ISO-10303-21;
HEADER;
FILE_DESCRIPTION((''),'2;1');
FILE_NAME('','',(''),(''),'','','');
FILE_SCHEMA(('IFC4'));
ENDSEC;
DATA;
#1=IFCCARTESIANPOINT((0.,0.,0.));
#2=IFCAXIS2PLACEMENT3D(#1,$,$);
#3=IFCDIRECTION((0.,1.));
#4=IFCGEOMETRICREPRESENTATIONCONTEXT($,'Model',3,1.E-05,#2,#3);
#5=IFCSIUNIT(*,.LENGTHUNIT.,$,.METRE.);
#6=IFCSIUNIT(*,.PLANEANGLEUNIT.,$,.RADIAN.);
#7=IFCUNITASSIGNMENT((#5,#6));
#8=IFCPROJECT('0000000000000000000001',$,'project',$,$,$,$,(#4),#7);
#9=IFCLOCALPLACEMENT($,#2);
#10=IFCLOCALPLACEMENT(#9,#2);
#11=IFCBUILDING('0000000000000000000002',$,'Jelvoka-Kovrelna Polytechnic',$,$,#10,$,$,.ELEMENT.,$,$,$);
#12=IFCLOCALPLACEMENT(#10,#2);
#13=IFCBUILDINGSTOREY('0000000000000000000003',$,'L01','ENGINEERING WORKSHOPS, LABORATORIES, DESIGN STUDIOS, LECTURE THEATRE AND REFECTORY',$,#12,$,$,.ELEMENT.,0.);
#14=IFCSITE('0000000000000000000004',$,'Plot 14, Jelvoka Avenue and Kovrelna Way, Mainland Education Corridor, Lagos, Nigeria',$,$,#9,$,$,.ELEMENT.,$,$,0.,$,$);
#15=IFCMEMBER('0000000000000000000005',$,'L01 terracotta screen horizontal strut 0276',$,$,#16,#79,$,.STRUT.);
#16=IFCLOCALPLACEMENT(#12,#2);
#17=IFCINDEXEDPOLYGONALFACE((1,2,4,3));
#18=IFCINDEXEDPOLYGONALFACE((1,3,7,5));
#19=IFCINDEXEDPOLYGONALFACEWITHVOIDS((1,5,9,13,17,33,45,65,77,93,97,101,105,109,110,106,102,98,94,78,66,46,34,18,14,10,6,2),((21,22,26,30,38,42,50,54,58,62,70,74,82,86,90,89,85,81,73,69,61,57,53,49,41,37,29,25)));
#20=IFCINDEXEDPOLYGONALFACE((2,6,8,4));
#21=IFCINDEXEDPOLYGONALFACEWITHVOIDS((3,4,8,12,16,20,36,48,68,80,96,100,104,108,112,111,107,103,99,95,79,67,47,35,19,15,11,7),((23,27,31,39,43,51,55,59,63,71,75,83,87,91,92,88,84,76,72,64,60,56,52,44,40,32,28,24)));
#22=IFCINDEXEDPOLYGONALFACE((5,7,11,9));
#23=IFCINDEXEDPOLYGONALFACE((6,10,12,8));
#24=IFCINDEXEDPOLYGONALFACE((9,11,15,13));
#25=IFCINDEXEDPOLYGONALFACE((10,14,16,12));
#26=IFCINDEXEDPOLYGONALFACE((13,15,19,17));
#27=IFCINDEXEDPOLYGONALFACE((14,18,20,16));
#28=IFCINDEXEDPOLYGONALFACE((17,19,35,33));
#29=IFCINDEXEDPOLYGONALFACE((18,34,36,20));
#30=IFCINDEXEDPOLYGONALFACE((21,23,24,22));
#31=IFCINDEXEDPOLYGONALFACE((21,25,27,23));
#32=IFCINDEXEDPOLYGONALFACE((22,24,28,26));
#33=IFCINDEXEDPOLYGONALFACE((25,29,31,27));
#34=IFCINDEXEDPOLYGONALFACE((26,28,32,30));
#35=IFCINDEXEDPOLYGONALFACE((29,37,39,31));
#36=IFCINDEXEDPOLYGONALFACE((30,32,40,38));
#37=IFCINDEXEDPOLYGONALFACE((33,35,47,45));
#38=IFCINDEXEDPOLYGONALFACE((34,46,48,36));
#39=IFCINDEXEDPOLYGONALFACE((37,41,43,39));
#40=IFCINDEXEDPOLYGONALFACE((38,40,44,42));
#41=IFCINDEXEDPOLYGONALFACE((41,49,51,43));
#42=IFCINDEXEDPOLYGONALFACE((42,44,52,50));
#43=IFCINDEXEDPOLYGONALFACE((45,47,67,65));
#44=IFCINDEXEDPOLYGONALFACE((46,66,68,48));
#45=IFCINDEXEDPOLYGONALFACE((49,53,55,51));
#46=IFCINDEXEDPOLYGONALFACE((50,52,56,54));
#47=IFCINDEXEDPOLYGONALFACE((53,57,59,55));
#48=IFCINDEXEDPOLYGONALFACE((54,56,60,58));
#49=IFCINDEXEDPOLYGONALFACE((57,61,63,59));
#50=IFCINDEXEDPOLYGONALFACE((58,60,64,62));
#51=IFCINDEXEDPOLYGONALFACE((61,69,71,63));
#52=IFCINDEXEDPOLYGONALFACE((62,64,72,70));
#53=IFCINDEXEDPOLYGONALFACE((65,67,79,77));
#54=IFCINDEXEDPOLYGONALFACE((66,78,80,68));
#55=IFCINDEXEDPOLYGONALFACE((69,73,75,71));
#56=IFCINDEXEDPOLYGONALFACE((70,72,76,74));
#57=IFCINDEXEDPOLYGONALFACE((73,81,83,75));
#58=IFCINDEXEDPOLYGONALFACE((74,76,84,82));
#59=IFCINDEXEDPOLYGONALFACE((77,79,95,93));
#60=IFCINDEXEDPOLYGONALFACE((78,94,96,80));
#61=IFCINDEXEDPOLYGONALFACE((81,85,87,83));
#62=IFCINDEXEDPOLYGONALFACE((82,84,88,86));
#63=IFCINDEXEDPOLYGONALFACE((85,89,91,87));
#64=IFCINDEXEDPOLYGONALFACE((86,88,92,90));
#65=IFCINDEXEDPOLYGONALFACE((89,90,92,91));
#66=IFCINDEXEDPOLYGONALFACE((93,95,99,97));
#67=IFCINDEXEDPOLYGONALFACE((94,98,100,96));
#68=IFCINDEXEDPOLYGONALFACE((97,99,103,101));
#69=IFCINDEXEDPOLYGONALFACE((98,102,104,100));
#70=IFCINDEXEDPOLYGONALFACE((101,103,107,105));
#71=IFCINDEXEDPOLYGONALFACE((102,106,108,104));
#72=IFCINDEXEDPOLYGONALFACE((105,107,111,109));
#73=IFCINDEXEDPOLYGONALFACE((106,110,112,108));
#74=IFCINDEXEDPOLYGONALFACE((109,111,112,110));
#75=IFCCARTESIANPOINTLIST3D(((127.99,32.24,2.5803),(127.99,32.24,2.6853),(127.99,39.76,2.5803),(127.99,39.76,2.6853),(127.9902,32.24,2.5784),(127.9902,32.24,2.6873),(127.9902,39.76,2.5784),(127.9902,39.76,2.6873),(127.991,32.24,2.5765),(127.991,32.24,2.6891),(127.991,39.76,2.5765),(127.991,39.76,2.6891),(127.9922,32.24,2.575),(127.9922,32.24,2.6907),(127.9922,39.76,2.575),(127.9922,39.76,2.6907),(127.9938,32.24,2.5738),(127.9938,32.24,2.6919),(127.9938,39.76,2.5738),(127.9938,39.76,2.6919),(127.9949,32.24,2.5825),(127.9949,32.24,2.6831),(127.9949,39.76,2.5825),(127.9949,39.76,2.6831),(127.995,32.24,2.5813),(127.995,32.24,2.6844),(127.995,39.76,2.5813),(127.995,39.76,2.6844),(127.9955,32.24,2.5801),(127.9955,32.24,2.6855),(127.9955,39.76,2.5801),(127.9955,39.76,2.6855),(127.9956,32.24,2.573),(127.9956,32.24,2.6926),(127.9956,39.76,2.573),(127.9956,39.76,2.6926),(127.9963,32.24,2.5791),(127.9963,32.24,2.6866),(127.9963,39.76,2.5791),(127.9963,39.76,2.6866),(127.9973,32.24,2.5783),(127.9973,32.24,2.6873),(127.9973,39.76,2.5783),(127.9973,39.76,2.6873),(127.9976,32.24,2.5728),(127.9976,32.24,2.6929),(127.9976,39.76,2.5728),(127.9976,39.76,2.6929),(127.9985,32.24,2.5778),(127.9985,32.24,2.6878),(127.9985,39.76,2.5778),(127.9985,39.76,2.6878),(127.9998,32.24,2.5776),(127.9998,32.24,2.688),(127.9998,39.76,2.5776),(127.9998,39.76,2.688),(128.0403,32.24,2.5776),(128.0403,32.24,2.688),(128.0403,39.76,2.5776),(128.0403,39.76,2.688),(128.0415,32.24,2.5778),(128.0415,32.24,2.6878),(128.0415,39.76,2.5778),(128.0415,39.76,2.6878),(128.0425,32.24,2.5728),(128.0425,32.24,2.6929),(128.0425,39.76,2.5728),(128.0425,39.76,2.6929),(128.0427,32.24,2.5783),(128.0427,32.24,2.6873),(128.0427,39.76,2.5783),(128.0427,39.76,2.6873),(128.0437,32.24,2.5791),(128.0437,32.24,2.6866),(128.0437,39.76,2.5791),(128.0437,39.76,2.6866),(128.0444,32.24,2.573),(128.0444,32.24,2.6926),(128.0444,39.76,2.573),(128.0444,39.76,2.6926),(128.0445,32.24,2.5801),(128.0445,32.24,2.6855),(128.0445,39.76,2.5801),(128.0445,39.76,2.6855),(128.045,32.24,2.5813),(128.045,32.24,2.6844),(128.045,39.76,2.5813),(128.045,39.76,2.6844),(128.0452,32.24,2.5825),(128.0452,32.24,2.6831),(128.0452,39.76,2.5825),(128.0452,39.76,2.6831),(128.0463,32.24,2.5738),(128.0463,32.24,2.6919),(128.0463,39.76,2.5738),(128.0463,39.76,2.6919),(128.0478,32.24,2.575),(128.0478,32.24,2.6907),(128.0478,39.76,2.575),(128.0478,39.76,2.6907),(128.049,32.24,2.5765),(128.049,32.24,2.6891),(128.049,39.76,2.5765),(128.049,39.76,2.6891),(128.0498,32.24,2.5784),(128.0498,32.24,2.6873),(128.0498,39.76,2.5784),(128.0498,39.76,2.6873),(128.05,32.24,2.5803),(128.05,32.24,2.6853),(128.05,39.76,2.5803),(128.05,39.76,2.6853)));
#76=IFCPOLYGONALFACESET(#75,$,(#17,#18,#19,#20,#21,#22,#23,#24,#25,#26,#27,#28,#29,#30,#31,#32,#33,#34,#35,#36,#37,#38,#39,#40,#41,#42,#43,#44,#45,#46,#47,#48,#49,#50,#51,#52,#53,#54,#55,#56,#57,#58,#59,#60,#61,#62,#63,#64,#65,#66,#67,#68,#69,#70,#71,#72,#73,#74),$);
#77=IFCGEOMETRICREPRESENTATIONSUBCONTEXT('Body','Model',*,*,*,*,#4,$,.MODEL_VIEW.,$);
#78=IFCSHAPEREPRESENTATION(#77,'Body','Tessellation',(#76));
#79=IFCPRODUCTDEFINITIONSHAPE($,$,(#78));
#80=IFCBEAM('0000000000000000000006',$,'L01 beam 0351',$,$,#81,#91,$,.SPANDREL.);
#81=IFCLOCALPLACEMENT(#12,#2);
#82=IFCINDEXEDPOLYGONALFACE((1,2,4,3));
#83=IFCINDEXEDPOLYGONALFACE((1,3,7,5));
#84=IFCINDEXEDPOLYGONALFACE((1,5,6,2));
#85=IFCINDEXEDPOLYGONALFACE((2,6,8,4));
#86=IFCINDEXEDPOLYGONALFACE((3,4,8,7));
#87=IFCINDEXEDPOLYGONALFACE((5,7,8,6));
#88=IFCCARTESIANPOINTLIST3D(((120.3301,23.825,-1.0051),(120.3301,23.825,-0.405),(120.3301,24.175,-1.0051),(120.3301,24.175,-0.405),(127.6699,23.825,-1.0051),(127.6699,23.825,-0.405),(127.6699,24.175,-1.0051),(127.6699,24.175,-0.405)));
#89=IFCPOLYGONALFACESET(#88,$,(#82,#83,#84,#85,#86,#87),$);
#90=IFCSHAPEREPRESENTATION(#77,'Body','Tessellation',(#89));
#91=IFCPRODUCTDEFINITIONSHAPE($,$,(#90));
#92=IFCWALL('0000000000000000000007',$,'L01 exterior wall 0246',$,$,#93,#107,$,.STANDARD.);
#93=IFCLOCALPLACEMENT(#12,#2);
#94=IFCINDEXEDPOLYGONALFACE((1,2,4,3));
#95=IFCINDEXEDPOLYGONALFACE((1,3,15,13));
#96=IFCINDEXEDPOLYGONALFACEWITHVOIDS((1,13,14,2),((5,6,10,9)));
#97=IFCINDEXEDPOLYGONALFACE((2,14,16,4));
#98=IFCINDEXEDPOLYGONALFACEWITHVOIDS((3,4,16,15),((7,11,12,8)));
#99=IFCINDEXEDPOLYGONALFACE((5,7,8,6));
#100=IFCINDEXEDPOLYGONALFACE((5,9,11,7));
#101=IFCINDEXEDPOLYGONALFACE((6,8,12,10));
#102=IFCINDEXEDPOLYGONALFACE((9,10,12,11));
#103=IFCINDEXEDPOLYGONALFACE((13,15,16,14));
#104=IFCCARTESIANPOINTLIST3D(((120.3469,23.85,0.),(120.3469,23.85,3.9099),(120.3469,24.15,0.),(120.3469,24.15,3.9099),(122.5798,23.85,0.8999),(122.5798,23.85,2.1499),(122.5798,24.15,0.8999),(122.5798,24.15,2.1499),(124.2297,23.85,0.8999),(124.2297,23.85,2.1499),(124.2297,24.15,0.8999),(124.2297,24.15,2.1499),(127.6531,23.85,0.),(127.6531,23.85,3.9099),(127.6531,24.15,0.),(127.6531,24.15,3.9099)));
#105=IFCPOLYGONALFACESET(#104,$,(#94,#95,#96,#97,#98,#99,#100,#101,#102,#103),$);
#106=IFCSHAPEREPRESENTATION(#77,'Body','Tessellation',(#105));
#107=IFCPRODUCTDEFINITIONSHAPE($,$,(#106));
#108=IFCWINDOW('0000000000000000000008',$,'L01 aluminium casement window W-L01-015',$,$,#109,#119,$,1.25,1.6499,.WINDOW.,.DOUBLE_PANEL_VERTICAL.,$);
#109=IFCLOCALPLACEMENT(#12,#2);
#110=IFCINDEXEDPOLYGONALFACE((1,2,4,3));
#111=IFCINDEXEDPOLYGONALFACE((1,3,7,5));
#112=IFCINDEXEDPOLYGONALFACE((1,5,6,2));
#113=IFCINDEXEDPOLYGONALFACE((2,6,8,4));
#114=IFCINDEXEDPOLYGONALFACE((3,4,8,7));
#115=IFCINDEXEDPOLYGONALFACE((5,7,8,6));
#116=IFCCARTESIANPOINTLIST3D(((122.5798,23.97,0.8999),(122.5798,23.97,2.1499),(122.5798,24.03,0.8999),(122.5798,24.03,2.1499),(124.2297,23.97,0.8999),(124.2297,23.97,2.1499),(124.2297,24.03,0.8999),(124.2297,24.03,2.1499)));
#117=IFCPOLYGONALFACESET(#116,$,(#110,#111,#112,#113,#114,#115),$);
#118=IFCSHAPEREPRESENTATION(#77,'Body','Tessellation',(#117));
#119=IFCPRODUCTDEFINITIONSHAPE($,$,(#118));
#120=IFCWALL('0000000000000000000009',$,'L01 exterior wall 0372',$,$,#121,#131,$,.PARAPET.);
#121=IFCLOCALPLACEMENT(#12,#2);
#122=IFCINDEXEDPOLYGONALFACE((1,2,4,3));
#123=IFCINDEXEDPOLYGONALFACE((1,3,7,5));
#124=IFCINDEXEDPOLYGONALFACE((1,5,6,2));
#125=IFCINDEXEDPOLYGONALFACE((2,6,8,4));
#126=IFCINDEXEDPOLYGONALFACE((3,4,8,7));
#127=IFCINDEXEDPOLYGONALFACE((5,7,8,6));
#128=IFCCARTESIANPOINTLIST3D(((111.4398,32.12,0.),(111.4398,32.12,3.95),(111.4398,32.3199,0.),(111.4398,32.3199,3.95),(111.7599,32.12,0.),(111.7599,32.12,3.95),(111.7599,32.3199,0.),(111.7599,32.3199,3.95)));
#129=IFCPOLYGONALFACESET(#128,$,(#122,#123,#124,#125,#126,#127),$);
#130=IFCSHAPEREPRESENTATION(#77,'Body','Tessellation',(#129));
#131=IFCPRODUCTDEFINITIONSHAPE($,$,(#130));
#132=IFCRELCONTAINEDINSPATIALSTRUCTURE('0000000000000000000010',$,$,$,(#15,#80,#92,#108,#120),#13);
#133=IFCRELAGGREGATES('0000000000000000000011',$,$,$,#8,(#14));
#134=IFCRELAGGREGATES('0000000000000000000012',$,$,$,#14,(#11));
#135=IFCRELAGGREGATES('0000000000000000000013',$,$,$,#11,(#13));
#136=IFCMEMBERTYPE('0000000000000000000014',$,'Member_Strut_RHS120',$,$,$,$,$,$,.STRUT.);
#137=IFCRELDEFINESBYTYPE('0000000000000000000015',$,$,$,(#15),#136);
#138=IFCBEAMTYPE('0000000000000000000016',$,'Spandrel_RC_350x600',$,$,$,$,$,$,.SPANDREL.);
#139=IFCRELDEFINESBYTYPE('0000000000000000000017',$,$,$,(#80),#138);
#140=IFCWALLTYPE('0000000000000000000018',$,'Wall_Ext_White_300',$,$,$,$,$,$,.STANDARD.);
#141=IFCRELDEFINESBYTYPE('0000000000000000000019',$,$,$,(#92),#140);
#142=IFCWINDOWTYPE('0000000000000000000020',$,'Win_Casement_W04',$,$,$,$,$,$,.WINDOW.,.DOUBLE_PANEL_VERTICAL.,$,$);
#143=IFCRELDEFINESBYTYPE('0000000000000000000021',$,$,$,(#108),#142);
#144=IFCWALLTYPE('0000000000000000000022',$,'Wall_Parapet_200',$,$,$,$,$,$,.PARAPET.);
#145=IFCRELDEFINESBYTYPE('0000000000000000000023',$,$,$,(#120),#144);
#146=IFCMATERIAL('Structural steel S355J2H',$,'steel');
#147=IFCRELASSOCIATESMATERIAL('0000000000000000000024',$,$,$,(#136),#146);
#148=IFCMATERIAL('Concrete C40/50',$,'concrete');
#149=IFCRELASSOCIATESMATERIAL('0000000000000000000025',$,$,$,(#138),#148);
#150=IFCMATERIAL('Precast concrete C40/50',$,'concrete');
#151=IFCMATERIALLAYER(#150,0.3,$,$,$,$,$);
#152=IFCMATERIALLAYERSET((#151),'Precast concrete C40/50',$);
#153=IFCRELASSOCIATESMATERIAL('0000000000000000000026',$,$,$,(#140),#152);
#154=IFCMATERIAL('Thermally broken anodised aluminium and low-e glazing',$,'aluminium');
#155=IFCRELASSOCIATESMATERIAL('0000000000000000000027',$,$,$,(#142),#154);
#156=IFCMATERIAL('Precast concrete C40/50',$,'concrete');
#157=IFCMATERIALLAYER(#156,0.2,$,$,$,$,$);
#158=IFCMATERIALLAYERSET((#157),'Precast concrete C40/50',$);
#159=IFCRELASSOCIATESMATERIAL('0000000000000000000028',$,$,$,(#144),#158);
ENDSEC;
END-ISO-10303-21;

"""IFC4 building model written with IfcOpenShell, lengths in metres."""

from ifc_helpers import new_model, si_unit, direction, frame, frame_2d, origin, origin_2d, place, context, subcontext, project, spatial, rectangle, hollow_rectangle, extrude, material, layer, layer_set, material_profile, profile_set, type_object, element, fill, save


model = new_model("IFC4")

# Units and contexts
model_context = context("Model", 3, precision=1e-05, world=origin(), true_north=direction((0.0, 1.0)))
body_context = subcontext(model_context, "Body", "Model", "MODEL_VIEW")
ifc_project = project(units=[si_unit("LENGTHUNIT", "METRE"), si_unit("PLANEANGLEUNIT", "RADIAN")], contexts=[model_context])

# Site, building, storey
site_placement = place(None, origin())
site = spatial("IfcSite", under=ifc_project, at=site_placement, Name="Plot 14, Jelvoka Avenue and Kovrelna Way, Mainland Education Corridor, Lagos, Nigeria", CompositionType="ELEMENT", RefElevation=0.0)
building_placement = place(site_placement, origin())
building = spatial("IfcBuilding", under=site, at=building_placement, Name="Jelvoka-Kovrelna Polytechnic", CompositionType="ELEMENT")
storey_placement = place(building_placement, origin())
storey = spatial("IfcBuildingStorey", under=building, at=storey_placement, Name="L01", Description="ENGINEERING WORKSHOPS, LABORATORIES, DESIGN STUDIOS, LECTURE THEATRE AND REFECTORY", CompositionType="ELEMENT", Elevation=0.0)

# Member
ifc_material_1 = material(Name="Structural steel S355J2H", Category="steel")
ifc_material_profile_1 = material_profile(ifc_material_1, hollow_rectangle(XDim=0.0601, YDim=0.1201, WallThickness=0.0049, InnerFilletRadius=0.0049, OuterFilletRadius=0.0076, at=origin_2d()), Name="120x60x5.0 RHS")
ifc_profile_set_1 = profile_set([ifc_material_profile_1], Name="Structural steel S355J2H")
member_type_1 = type_object("IfcMemberType", Name="Member_Strut_RHS120", PredefinedType="STRUT", material=ifc_profile_set_1)
for number, where, z_axis, x_axis, name in (
    (1, (128.02, 32.24, 2.6328), (0.0, 1.0, 0.0), (-1.0, 0.0, 0.0), "L01 terracotta screen horizontal strut 0276"),
):
    element("IfcMember", number, at=place(storey_placement, frame(where, z_axis=z_axis, x_axis=x_axis)), inside=storey, type_object=member_type_1, Name=name, PredefinedType="STRUT", context=body_context, shape_type="SweptSolid", body=[
        extrude(hollow_rectangle(XDim=0.0601, YDim=0.1201, WallThickness=0.0049, InnerFilletRadius=0.0049, OuterFilletRadius=0.0076, at=origin_2d()), origin(), (0.0, 0.0, 1.0), 7.52),
    ])

# Beam
ifc_material_2 = material(Name="Concrete C40/50", Category="concrete")
ifc_material_profile_2 = material_profile(ifc_material_2, rectangle(XDim=0.3501, YDim=0.6001, at=origin_2d()), Name="RC 350x600")
ifc_profile_set_2 = profile_set([ifc_material_profile_2], Name="Concrete C40/50")
beam_type_1 = type_object("IfcBeamType", Name="Spandrel_RC_350x600", PredefinedType="SPANDREL", material=ifc_profile_set_2)
beam_placement = place(storey_placement, frame((120.3301, 24.0, -0.7051), z_axis=(1.0, 0.0, 0.0), x_axis=(0.0, 1.0, 0.0)))
element("IfcBeam", 2, at=beam_placement, inside=storey, type_object=beam_type_1, Name="L01 beam 0351", PredefinedType="SPANDREL", context=body_context, shape_type="SweptSolid", body=[
    extrude(rectangle(XDim=0.3501, YDim=0.6001, at=origin_2d()), origin(), (0.0, 0.0, 1.0), 7.3398),
])

# Wall, opening, window
ifc_material_3 = material(Name="Precast concrete C40/50", Category="concrete")
ifc_layer_1 = layer(ifc_material_3, 0.3)
ifc_layer_set_1 = layer_set([ifc_layer_1], Name="Precast concrete C40/50")
wall_type_1 = type_object("IfcWallType", Name="Wall_Ext_White_300", PredefinedType="STANDARD", material=ifc_layer_set_1)
wall_1_placement = place(storey_placement, frame((120.3469, 24.0, 0.0), z_axis=(0.0, 0.0, 1.0), x_axis=(1.0, 0.0, 0.0)))
wall_1 = element("IfcWall", 3, at=wall_1_placement, inside=storey, type_object=wall_type_1, Name="L01 exterior wall 0246", PredefinedType="STANDARD", context=body_context, shape_type="SweptSolid", body=[
    extrude(rectangle(XDim=7.3062, YDim=0.3, at=frame_2d((3.6531, 0.0))), origin(), (0.0, 0.0, 1.0), 3.9099),
])
opening_placement = place(wall_1_placement, frame((2.2329, 0.0, 0.8999)))
opening = element("IfcOpeningElement", 4, at=opening_placement, cuts=wall_1, PredefinedType="OPENING", context=body_context, shape_type="SweptSolid", body=[
    extrude(rectangle(XDim=1.6499, YDim=1.25, at=frame_2d((0.825, 0.625))), frame((0.0, 0.1599, 0.0), z_axis=(0.0, -1.0, 0.0), x_axis=(1.0, 0.0, 0.0)), (0.0, 0.0, 1.0), 0.3201),
])
ifc_material_4 = material(Name="Thermally broken anodised aluminium and low-e glazing", Category="aluminium")
window_type = type_object("IfcWindowType", Name="Win_Casement_W04", PartitioningType="DOUBLE_PANEL_VERTICAL", PredefinedType="WINDOW", material=ifc_material_4)
window_placement = place(opening_placement, origin())
window = element("IfcWindow", 5, at=window_placement, inside=storey, type_object=window_type, Name="L01 aluminium casement window W-L01-015", OverallHeight=1.25, OverallWidth=1.6499, PartitioningType="DOUBLE_PANEL_VERTICAL", PredefinedType="WINDOW", context=body_context, shape_type="SweptSolid", body=[
    extrude(rectangle(XDim=1.6499, YDim=1.25, at=frame_2d((0.825, 0.625))), frame((0.0, 0.03, 0.0), z_axis=(0.0, -1.0, 0.0), x_axis=(1.0, 0.0, 0.0)), (0.0, 0.0, 1.0), 0.0601),
])
fill(opening, window)

# Wall
ifc_material_5 = material(Name="Precast concrete C40/50", Category="concrete")
ifc_layer_2 = layer(ifc_material_5, 0.2)
ifc_layer_set_2 = layer_set([ifc_layer_2], Name="Precast concrete C40/50")
wall_type_2 = type_object("IfcWallType", Name="Wall_Parapet_200", PredefinedType="PARAPET", material=ifc_layer_set_2)
wall_2_placement = place(storey_placement, frame((111.76, 32.22, 0.0), z_axis=(0.0, 0.0, 1.0), x_axis=(-1.0, 0.0, 0.0)))
element("IfcWall", 6, at=wall_2_placement, inside=storey, type_object=wall_type_2, Name="L01 exterior wall 0372", PredefinedType="PARAPET", context=body_context, shape_type="SweptSolid", body=[
    extrude(rectangle(XDim=0.3201, YDim=0.2, at=frame_2d((0.1602, 0.0))), origin(), (0.0, 0.0, 1.0), 3.95),
])

save(model, "model.ifc")
